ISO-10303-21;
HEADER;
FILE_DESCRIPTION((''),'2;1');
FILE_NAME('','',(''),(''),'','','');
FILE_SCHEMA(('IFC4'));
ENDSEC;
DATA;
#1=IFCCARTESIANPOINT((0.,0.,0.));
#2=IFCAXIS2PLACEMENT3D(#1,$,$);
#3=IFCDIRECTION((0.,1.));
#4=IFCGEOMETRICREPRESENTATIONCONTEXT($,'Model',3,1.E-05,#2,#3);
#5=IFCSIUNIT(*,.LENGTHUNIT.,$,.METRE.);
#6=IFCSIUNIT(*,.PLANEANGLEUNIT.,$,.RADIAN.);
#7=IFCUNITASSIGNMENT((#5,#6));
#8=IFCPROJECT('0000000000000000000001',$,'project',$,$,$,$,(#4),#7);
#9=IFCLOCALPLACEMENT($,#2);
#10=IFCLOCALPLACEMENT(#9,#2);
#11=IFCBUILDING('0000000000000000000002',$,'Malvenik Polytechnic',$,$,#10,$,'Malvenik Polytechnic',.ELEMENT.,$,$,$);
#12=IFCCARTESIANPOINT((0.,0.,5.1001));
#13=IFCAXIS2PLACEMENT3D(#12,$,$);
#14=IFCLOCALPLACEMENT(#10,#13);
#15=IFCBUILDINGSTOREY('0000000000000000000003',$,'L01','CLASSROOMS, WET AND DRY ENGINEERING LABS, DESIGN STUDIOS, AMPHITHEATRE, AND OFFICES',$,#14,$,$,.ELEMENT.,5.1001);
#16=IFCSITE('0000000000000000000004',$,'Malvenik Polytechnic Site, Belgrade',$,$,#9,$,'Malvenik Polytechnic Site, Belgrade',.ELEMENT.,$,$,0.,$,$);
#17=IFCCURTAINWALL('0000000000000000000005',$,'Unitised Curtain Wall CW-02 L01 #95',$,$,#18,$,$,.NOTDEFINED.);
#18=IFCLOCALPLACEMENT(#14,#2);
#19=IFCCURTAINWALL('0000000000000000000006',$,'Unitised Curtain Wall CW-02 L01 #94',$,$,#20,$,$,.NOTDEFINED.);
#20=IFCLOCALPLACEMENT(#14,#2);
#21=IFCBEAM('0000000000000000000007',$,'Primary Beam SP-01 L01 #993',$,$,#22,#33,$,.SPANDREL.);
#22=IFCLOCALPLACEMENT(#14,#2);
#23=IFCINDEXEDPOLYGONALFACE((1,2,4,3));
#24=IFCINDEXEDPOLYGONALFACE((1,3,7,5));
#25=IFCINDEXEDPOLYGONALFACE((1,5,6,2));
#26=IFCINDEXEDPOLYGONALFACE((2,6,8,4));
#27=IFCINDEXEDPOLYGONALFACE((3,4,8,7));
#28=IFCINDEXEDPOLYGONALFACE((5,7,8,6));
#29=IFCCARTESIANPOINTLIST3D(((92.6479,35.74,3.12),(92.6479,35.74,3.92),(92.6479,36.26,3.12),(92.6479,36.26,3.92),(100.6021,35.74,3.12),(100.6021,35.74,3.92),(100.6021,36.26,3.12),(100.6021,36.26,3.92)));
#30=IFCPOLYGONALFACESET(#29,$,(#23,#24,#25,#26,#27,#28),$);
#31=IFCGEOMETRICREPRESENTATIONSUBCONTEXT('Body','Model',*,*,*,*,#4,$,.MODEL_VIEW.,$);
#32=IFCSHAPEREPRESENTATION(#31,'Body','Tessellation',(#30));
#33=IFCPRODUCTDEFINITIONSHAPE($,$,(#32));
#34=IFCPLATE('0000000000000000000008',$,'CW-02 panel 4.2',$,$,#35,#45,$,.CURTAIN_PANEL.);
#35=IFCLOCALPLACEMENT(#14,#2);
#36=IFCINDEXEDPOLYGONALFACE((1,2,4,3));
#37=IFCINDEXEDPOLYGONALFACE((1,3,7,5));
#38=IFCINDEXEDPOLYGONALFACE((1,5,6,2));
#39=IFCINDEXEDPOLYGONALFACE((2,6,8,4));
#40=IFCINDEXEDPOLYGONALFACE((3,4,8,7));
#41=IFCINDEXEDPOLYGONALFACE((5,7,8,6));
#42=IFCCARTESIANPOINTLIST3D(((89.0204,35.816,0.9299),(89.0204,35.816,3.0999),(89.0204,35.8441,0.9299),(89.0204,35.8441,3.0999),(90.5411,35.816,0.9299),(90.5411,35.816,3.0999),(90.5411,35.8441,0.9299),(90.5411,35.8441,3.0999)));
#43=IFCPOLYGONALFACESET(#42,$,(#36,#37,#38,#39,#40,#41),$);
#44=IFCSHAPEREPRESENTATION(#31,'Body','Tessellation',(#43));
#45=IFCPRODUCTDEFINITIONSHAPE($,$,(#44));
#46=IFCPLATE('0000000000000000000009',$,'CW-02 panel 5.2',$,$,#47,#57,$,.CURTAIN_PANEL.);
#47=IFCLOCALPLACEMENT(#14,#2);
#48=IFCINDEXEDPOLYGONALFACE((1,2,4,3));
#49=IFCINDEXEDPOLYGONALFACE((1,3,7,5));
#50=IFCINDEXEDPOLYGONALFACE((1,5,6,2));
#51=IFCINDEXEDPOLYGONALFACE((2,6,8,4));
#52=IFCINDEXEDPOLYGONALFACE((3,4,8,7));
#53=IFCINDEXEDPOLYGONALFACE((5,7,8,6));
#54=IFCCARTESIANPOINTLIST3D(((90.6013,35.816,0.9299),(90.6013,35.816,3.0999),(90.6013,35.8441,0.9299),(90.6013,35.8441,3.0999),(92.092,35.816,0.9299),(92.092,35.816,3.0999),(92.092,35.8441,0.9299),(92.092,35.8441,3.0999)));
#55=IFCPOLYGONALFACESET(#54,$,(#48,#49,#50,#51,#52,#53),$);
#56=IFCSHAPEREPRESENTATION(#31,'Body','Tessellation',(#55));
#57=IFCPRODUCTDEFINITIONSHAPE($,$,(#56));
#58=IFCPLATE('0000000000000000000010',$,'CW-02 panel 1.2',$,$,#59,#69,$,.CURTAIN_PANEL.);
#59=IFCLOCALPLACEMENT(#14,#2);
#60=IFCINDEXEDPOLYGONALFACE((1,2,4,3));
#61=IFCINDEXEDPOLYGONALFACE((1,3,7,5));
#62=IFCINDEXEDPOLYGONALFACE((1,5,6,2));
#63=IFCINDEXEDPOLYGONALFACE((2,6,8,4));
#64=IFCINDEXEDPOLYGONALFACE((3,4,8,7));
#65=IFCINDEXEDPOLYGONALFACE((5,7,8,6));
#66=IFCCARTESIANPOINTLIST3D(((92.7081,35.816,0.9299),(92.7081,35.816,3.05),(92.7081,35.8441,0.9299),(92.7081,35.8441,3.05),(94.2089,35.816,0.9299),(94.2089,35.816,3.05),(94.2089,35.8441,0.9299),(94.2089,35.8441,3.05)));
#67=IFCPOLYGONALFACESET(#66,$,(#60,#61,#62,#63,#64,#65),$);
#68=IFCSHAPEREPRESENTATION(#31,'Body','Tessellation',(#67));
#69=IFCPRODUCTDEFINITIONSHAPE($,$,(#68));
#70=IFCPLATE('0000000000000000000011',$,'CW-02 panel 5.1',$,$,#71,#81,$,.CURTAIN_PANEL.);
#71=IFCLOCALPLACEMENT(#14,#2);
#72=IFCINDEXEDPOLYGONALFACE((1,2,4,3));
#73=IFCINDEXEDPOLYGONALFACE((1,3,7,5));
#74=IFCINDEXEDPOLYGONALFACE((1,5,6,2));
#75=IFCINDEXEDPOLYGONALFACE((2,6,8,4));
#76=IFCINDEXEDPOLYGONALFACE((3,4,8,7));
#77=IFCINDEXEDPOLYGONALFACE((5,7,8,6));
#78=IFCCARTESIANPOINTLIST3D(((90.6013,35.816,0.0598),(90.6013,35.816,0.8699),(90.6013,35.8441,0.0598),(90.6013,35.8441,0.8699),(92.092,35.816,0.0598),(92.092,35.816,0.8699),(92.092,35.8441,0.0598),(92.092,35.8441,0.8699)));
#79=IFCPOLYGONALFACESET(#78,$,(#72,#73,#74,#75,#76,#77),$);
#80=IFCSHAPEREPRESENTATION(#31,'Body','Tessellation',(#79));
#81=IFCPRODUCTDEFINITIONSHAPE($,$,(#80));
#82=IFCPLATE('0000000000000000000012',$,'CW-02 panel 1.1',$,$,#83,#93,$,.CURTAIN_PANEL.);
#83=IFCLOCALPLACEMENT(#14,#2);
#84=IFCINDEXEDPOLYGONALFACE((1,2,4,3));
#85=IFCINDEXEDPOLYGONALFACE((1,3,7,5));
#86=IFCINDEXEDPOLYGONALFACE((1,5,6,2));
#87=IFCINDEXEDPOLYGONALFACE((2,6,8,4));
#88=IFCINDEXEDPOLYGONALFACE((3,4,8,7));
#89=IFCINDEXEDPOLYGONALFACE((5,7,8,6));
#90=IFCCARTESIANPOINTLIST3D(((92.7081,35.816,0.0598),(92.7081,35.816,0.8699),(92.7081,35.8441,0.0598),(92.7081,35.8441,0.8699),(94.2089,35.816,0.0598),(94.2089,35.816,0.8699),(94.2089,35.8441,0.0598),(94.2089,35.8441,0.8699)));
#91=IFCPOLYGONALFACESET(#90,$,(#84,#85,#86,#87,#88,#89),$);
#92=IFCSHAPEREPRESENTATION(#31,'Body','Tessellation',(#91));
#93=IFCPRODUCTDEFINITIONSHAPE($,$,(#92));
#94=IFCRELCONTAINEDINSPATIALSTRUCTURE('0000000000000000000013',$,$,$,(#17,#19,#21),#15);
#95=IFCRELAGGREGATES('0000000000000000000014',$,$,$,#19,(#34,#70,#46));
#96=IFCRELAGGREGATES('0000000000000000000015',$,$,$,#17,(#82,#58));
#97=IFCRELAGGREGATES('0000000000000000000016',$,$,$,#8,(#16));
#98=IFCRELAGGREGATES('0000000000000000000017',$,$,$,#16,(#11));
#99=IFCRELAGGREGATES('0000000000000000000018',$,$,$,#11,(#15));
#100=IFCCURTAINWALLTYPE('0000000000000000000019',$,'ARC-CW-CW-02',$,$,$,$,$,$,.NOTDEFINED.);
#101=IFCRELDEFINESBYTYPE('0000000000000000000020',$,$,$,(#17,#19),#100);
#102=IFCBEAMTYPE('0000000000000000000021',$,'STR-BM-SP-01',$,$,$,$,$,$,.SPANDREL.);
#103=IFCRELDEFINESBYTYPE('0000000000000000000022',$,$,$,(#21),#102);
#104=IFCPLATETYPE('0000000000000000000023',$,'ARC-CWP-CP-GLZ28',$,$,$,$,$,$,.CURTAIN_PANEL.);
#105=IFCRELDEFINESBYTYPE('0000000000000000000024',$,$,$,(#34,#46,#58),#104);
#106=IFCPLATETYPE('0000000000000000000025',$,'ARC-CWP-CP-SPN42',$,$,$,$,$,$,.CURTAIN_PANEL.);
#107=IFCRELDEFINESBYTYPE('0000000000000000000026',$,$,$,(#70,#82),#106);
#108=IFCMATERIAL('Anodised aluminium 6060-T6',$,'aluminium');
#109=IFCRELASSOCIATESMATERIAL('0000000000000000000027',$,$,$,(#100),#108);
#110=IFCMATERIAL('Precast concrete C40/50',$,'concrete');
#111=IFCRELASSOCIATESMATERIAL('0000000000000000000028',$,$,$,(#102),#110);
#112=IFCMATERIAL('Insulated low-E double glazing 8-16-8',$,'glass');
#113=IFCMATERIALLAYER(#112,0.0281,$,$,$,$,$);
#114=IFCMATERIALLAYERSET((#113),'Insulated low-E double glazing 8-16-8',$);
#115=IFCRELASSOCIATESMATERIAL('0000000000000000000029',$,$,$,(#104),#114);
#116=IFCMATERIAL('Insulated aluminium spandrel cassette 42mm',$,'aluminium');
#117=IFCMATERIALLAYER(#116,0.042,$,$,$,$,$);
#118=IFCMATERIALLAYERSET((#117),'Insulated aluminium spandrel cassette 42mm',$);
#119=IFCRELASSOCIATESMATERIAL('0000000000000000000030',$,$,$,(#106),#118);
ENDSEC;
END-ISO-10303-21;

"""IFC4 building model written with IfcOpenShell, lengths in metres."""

from ifc_helpers import new_model, si_unit, direction, frame, origin, origin_2d, place, context, subcontext, project, spatial, rectangle, extrude, material, layer, layer_set, material_profile, profile_set, type_object, element, aggregate, save


model = new_model("IFC4")

# Units and contexts
model_context = context("Model", 3, precision=1e-05, world=origin(), true_north=direction((0.0, 1.0)))
body_context = subcontext(model_context, "Body", "Model", "MODEL_VIEW")
ifc_project = project(units=[si_unit("LENGTHUNIT", "METRE"), si_unit("PLANEANGLEUNIT", "RADIAN")], contexts=[model_context])

# Site, building, storey
site_placement = place(None, origin())
site = spatial("IfcSite", under=ifc_project, at=site_placement, Name="Malvenik Polytechnic Site, Belgrade", LongName="Malvenik Polytechnic Site, Belgrade", CompositionType="ELEMENT", RefElevation=0.0)
building_placement = place(site_placement, origin())
building = spatial("IfcBuilding", under=site, at=building_placement, Name="Malvenik Polytechnic", LongName="Malvenik Polytechnic", CompositionType="ELEMENT")
storey_placement = place(building_placement, frame((0.0, 0.0, 5.1001)))
storey = spatial("IfcBuildingStorey", under=building, at=storey_placement, Name="L01", Description="CLASSROOMS, WET AND DRY ENGINEERING LABS, DESIGN STUDIOS, AMPHITHEATRE, AND OFFICES", CompositionType="ELEMENT", Elevation=5.1001)

# Curtain walls
ifc_material_1 = material(Name="Anodised aluminium 6060-T6", Category="aluminium")
curtain_wall_type = type_object("IfcCurtainWallType", Name="ARC-CW-CW-02", PredefinedType="NOTDEFINED", material=ifc_material_1)
curtain_wall_1_placement = place(storey_placement, origin())
curtain_wall_1 = element("IfcCurtainWall", 1, at=curtain_wall_1_placement, inside=storey, type_object=curtain_wall_type, Name="Unitised Curtain Wall CW-02 L01 #95", PredefinedType="NOTDEFINED")
curtain_wall_2_placement = place(storey_placement, origin())
curtain_wall_2 = element("IfcCurtainWall", 2, at=curtain_wall_2_placement, inside=storey, type_object=curtain_wall_type, Name="Unitised Curtain Wall CW-02 L01 #94", PredefinedType="NOTDEFINED")

# Beam
ifc_material_2 = material(Name="Precast concrete C40/50", Category="concrete")
ifc_material_profile_1 = material_profile(ifc_material_2, rectangle(XDim=0.52, YDim=0.8, at=origin_2d()), Name="PC SPN 520x800")
ifc_profile_set_1 = profile_set([ifc_material_profile_1], Name="Precast concrete C40/50")
beam_type = type_object("IfcBeamType", Name="STR-BM-SP-01", PredefinedType="SPANDREL", material=ifc_profile_set_1)
beam_placement = place(storey_placement, frame((92.6479, 36.0, 3.52), z_axis=(1.0, 0.0, 0.0), x_axis=(0.0, 1.0, 0.0)))
element("IfcBeam", 3, at=beam_placement, inside=storey, type_object=beam_type, Name="Primary Beam SP-01 L01 #993", PredefinedType="SPANDREL", context=body_context, shape_type="SweptSolid", body=[
    extrude(rectangle(XDim=0.52, YDim=0.8, at=origin_2d()), origin(), (0.0, 0.0, 1.0), 7.9541),
])

# Plates
ifc_material_3 = material(Name="Insulated low-E double glazing 8-16-8", Category="glass")
ifc_layer_1 = layer(ifc_material_3, 0.0281)
ifc_layer_set_1 = layer_set([ifc_layer_1], Name="Insulated low-E double glazing 8-16-8")
plate_type_1 = type_object("IfcPlateType", Name="ARC-CWP-CP-GLZ28", PredefinedType="CURTAIN_PANEL", material=ifc_layer_set_1)
plate_1_placement = place(storey_placement, frame((89.7808, 35.8301, 0.9299), z_axis=(0.0, 0.0, 1.0), x_axis=(1.0, 0.0, 0.0)))
plate_1 = element("IfcPlate", 4, at=plate_1_placement, type_object=plate_type_1, Name="CW-02 panel 4.2", PredefinedType="CURTAIN_PANEL", context=body_context, shape_type="SweptSolid", body=[
    extrude(rectangle(XDim=1.5208, YDim=0.0281, at=origin_2d()), origin(), (0.0, 0.0, 1.0), 2.1699),
])
plate_2_placement = place(storey_placement, frame((91.3467, 35.8301, 0.9299), z_axis=(0.0, 0.0, 1.0), x_axis=(1.0, 0.0, 0.0)))
plate_2 = element("IfcPlate", 5, at=plate_2_placement, type_object=plate_type_1, Name="CW-02 panel 5.2", PredefinedType="CURTAIN_PANEL", context=body_context, shape_type="SweptSolid", body=[
    extrude(rectangle(XDim=1.4907, YDim=0.0281, at=origin_2d()), origin(), (0.0, 0.0, 1.0), 2.1699),
])
plate_3_placement = place(storey_placement, frame((93.4585, 35.8301, 0.9299), z_axis=(0.0, 0.0, 1.0), x_axis=(1.0, 0.0, 0.0)))
plate_3 = element("IfcPlate", 6, at=plate_3_placement, type_object=plate_type_1, Name="CW-02 panel 1.2", PredefinedType="CURTAIN_PANEL", context=body_context, shape_type="SweptSolid", body=[
    extrude(rectangle(XDim=1.5007, YDim=0.0281, at=origin_2d()), origin(), (0.0, 0.0, 1.0), 2.1201),
])
ifc_material_4 = material(Name="Insulated aluminium spandrel cassette 42mm", Category="aluminium")
ifc_layer_2 = layer(ifc_material_4, 0.042)
ifc_layer_set_2 = layer_set([ifc_layer_2], Name="Insulated aluminium spandrel cassette 42mm")
plate_type_2 = type_object("IfcPlateType", Name="ARC-CWP-CP-SPN42", PredefinedType="CURTAIN_PANEL", material=ifc_layer_set_2)
plate_4_placement = place(storey_placement, frame((91.3467, 35.8301, 0.0598), z_axis=(0.0, 0.0, 1.0), x_axis=(1.0, 0.0, 0.0)))
plate_4 = element("IfcPlate", 7, at=plate_4_placement, type_object=plate_type_2, Name="CW-02 panel 5.1", PredefinedType="CURTAIN_PANEL", context=body_context, shape_type="SweptSolid", body=[
    extrude(rectangle(XDim=1.4907, YDim=0.0281, at=origin_2d()), origin(), (0.0, 0.0, 1.0), 0.8101),
])
aggregate(curtain_wall_2, [plate_1, plate_4, plate_2])
plate_5_placement = place(storey_placement, frame((93.4585, 35.8301, 0.0598), z_axis=(0.0, 0.0, 1.0), x_axis=(1.0, 0.0, 0.0)))
plate_5 = element("IfcPlate", 8, at=plate_5_placement, type_object=plate_type_2, Name="CW-02 panel 1.1", PredefinedType="CURTAIN_PANEL", context=body_context, shape_type="SweptSolid", body=[
    extrude(rectangle(XDim=1.5007, YDim=0.0281, at=origin_2d()), origin(), (0.0, 0.0, 1.0), 0.8101),
])
aggregate(curtain_wall_1, [plate_5, plate_3])

save(model, "model.ifc")
